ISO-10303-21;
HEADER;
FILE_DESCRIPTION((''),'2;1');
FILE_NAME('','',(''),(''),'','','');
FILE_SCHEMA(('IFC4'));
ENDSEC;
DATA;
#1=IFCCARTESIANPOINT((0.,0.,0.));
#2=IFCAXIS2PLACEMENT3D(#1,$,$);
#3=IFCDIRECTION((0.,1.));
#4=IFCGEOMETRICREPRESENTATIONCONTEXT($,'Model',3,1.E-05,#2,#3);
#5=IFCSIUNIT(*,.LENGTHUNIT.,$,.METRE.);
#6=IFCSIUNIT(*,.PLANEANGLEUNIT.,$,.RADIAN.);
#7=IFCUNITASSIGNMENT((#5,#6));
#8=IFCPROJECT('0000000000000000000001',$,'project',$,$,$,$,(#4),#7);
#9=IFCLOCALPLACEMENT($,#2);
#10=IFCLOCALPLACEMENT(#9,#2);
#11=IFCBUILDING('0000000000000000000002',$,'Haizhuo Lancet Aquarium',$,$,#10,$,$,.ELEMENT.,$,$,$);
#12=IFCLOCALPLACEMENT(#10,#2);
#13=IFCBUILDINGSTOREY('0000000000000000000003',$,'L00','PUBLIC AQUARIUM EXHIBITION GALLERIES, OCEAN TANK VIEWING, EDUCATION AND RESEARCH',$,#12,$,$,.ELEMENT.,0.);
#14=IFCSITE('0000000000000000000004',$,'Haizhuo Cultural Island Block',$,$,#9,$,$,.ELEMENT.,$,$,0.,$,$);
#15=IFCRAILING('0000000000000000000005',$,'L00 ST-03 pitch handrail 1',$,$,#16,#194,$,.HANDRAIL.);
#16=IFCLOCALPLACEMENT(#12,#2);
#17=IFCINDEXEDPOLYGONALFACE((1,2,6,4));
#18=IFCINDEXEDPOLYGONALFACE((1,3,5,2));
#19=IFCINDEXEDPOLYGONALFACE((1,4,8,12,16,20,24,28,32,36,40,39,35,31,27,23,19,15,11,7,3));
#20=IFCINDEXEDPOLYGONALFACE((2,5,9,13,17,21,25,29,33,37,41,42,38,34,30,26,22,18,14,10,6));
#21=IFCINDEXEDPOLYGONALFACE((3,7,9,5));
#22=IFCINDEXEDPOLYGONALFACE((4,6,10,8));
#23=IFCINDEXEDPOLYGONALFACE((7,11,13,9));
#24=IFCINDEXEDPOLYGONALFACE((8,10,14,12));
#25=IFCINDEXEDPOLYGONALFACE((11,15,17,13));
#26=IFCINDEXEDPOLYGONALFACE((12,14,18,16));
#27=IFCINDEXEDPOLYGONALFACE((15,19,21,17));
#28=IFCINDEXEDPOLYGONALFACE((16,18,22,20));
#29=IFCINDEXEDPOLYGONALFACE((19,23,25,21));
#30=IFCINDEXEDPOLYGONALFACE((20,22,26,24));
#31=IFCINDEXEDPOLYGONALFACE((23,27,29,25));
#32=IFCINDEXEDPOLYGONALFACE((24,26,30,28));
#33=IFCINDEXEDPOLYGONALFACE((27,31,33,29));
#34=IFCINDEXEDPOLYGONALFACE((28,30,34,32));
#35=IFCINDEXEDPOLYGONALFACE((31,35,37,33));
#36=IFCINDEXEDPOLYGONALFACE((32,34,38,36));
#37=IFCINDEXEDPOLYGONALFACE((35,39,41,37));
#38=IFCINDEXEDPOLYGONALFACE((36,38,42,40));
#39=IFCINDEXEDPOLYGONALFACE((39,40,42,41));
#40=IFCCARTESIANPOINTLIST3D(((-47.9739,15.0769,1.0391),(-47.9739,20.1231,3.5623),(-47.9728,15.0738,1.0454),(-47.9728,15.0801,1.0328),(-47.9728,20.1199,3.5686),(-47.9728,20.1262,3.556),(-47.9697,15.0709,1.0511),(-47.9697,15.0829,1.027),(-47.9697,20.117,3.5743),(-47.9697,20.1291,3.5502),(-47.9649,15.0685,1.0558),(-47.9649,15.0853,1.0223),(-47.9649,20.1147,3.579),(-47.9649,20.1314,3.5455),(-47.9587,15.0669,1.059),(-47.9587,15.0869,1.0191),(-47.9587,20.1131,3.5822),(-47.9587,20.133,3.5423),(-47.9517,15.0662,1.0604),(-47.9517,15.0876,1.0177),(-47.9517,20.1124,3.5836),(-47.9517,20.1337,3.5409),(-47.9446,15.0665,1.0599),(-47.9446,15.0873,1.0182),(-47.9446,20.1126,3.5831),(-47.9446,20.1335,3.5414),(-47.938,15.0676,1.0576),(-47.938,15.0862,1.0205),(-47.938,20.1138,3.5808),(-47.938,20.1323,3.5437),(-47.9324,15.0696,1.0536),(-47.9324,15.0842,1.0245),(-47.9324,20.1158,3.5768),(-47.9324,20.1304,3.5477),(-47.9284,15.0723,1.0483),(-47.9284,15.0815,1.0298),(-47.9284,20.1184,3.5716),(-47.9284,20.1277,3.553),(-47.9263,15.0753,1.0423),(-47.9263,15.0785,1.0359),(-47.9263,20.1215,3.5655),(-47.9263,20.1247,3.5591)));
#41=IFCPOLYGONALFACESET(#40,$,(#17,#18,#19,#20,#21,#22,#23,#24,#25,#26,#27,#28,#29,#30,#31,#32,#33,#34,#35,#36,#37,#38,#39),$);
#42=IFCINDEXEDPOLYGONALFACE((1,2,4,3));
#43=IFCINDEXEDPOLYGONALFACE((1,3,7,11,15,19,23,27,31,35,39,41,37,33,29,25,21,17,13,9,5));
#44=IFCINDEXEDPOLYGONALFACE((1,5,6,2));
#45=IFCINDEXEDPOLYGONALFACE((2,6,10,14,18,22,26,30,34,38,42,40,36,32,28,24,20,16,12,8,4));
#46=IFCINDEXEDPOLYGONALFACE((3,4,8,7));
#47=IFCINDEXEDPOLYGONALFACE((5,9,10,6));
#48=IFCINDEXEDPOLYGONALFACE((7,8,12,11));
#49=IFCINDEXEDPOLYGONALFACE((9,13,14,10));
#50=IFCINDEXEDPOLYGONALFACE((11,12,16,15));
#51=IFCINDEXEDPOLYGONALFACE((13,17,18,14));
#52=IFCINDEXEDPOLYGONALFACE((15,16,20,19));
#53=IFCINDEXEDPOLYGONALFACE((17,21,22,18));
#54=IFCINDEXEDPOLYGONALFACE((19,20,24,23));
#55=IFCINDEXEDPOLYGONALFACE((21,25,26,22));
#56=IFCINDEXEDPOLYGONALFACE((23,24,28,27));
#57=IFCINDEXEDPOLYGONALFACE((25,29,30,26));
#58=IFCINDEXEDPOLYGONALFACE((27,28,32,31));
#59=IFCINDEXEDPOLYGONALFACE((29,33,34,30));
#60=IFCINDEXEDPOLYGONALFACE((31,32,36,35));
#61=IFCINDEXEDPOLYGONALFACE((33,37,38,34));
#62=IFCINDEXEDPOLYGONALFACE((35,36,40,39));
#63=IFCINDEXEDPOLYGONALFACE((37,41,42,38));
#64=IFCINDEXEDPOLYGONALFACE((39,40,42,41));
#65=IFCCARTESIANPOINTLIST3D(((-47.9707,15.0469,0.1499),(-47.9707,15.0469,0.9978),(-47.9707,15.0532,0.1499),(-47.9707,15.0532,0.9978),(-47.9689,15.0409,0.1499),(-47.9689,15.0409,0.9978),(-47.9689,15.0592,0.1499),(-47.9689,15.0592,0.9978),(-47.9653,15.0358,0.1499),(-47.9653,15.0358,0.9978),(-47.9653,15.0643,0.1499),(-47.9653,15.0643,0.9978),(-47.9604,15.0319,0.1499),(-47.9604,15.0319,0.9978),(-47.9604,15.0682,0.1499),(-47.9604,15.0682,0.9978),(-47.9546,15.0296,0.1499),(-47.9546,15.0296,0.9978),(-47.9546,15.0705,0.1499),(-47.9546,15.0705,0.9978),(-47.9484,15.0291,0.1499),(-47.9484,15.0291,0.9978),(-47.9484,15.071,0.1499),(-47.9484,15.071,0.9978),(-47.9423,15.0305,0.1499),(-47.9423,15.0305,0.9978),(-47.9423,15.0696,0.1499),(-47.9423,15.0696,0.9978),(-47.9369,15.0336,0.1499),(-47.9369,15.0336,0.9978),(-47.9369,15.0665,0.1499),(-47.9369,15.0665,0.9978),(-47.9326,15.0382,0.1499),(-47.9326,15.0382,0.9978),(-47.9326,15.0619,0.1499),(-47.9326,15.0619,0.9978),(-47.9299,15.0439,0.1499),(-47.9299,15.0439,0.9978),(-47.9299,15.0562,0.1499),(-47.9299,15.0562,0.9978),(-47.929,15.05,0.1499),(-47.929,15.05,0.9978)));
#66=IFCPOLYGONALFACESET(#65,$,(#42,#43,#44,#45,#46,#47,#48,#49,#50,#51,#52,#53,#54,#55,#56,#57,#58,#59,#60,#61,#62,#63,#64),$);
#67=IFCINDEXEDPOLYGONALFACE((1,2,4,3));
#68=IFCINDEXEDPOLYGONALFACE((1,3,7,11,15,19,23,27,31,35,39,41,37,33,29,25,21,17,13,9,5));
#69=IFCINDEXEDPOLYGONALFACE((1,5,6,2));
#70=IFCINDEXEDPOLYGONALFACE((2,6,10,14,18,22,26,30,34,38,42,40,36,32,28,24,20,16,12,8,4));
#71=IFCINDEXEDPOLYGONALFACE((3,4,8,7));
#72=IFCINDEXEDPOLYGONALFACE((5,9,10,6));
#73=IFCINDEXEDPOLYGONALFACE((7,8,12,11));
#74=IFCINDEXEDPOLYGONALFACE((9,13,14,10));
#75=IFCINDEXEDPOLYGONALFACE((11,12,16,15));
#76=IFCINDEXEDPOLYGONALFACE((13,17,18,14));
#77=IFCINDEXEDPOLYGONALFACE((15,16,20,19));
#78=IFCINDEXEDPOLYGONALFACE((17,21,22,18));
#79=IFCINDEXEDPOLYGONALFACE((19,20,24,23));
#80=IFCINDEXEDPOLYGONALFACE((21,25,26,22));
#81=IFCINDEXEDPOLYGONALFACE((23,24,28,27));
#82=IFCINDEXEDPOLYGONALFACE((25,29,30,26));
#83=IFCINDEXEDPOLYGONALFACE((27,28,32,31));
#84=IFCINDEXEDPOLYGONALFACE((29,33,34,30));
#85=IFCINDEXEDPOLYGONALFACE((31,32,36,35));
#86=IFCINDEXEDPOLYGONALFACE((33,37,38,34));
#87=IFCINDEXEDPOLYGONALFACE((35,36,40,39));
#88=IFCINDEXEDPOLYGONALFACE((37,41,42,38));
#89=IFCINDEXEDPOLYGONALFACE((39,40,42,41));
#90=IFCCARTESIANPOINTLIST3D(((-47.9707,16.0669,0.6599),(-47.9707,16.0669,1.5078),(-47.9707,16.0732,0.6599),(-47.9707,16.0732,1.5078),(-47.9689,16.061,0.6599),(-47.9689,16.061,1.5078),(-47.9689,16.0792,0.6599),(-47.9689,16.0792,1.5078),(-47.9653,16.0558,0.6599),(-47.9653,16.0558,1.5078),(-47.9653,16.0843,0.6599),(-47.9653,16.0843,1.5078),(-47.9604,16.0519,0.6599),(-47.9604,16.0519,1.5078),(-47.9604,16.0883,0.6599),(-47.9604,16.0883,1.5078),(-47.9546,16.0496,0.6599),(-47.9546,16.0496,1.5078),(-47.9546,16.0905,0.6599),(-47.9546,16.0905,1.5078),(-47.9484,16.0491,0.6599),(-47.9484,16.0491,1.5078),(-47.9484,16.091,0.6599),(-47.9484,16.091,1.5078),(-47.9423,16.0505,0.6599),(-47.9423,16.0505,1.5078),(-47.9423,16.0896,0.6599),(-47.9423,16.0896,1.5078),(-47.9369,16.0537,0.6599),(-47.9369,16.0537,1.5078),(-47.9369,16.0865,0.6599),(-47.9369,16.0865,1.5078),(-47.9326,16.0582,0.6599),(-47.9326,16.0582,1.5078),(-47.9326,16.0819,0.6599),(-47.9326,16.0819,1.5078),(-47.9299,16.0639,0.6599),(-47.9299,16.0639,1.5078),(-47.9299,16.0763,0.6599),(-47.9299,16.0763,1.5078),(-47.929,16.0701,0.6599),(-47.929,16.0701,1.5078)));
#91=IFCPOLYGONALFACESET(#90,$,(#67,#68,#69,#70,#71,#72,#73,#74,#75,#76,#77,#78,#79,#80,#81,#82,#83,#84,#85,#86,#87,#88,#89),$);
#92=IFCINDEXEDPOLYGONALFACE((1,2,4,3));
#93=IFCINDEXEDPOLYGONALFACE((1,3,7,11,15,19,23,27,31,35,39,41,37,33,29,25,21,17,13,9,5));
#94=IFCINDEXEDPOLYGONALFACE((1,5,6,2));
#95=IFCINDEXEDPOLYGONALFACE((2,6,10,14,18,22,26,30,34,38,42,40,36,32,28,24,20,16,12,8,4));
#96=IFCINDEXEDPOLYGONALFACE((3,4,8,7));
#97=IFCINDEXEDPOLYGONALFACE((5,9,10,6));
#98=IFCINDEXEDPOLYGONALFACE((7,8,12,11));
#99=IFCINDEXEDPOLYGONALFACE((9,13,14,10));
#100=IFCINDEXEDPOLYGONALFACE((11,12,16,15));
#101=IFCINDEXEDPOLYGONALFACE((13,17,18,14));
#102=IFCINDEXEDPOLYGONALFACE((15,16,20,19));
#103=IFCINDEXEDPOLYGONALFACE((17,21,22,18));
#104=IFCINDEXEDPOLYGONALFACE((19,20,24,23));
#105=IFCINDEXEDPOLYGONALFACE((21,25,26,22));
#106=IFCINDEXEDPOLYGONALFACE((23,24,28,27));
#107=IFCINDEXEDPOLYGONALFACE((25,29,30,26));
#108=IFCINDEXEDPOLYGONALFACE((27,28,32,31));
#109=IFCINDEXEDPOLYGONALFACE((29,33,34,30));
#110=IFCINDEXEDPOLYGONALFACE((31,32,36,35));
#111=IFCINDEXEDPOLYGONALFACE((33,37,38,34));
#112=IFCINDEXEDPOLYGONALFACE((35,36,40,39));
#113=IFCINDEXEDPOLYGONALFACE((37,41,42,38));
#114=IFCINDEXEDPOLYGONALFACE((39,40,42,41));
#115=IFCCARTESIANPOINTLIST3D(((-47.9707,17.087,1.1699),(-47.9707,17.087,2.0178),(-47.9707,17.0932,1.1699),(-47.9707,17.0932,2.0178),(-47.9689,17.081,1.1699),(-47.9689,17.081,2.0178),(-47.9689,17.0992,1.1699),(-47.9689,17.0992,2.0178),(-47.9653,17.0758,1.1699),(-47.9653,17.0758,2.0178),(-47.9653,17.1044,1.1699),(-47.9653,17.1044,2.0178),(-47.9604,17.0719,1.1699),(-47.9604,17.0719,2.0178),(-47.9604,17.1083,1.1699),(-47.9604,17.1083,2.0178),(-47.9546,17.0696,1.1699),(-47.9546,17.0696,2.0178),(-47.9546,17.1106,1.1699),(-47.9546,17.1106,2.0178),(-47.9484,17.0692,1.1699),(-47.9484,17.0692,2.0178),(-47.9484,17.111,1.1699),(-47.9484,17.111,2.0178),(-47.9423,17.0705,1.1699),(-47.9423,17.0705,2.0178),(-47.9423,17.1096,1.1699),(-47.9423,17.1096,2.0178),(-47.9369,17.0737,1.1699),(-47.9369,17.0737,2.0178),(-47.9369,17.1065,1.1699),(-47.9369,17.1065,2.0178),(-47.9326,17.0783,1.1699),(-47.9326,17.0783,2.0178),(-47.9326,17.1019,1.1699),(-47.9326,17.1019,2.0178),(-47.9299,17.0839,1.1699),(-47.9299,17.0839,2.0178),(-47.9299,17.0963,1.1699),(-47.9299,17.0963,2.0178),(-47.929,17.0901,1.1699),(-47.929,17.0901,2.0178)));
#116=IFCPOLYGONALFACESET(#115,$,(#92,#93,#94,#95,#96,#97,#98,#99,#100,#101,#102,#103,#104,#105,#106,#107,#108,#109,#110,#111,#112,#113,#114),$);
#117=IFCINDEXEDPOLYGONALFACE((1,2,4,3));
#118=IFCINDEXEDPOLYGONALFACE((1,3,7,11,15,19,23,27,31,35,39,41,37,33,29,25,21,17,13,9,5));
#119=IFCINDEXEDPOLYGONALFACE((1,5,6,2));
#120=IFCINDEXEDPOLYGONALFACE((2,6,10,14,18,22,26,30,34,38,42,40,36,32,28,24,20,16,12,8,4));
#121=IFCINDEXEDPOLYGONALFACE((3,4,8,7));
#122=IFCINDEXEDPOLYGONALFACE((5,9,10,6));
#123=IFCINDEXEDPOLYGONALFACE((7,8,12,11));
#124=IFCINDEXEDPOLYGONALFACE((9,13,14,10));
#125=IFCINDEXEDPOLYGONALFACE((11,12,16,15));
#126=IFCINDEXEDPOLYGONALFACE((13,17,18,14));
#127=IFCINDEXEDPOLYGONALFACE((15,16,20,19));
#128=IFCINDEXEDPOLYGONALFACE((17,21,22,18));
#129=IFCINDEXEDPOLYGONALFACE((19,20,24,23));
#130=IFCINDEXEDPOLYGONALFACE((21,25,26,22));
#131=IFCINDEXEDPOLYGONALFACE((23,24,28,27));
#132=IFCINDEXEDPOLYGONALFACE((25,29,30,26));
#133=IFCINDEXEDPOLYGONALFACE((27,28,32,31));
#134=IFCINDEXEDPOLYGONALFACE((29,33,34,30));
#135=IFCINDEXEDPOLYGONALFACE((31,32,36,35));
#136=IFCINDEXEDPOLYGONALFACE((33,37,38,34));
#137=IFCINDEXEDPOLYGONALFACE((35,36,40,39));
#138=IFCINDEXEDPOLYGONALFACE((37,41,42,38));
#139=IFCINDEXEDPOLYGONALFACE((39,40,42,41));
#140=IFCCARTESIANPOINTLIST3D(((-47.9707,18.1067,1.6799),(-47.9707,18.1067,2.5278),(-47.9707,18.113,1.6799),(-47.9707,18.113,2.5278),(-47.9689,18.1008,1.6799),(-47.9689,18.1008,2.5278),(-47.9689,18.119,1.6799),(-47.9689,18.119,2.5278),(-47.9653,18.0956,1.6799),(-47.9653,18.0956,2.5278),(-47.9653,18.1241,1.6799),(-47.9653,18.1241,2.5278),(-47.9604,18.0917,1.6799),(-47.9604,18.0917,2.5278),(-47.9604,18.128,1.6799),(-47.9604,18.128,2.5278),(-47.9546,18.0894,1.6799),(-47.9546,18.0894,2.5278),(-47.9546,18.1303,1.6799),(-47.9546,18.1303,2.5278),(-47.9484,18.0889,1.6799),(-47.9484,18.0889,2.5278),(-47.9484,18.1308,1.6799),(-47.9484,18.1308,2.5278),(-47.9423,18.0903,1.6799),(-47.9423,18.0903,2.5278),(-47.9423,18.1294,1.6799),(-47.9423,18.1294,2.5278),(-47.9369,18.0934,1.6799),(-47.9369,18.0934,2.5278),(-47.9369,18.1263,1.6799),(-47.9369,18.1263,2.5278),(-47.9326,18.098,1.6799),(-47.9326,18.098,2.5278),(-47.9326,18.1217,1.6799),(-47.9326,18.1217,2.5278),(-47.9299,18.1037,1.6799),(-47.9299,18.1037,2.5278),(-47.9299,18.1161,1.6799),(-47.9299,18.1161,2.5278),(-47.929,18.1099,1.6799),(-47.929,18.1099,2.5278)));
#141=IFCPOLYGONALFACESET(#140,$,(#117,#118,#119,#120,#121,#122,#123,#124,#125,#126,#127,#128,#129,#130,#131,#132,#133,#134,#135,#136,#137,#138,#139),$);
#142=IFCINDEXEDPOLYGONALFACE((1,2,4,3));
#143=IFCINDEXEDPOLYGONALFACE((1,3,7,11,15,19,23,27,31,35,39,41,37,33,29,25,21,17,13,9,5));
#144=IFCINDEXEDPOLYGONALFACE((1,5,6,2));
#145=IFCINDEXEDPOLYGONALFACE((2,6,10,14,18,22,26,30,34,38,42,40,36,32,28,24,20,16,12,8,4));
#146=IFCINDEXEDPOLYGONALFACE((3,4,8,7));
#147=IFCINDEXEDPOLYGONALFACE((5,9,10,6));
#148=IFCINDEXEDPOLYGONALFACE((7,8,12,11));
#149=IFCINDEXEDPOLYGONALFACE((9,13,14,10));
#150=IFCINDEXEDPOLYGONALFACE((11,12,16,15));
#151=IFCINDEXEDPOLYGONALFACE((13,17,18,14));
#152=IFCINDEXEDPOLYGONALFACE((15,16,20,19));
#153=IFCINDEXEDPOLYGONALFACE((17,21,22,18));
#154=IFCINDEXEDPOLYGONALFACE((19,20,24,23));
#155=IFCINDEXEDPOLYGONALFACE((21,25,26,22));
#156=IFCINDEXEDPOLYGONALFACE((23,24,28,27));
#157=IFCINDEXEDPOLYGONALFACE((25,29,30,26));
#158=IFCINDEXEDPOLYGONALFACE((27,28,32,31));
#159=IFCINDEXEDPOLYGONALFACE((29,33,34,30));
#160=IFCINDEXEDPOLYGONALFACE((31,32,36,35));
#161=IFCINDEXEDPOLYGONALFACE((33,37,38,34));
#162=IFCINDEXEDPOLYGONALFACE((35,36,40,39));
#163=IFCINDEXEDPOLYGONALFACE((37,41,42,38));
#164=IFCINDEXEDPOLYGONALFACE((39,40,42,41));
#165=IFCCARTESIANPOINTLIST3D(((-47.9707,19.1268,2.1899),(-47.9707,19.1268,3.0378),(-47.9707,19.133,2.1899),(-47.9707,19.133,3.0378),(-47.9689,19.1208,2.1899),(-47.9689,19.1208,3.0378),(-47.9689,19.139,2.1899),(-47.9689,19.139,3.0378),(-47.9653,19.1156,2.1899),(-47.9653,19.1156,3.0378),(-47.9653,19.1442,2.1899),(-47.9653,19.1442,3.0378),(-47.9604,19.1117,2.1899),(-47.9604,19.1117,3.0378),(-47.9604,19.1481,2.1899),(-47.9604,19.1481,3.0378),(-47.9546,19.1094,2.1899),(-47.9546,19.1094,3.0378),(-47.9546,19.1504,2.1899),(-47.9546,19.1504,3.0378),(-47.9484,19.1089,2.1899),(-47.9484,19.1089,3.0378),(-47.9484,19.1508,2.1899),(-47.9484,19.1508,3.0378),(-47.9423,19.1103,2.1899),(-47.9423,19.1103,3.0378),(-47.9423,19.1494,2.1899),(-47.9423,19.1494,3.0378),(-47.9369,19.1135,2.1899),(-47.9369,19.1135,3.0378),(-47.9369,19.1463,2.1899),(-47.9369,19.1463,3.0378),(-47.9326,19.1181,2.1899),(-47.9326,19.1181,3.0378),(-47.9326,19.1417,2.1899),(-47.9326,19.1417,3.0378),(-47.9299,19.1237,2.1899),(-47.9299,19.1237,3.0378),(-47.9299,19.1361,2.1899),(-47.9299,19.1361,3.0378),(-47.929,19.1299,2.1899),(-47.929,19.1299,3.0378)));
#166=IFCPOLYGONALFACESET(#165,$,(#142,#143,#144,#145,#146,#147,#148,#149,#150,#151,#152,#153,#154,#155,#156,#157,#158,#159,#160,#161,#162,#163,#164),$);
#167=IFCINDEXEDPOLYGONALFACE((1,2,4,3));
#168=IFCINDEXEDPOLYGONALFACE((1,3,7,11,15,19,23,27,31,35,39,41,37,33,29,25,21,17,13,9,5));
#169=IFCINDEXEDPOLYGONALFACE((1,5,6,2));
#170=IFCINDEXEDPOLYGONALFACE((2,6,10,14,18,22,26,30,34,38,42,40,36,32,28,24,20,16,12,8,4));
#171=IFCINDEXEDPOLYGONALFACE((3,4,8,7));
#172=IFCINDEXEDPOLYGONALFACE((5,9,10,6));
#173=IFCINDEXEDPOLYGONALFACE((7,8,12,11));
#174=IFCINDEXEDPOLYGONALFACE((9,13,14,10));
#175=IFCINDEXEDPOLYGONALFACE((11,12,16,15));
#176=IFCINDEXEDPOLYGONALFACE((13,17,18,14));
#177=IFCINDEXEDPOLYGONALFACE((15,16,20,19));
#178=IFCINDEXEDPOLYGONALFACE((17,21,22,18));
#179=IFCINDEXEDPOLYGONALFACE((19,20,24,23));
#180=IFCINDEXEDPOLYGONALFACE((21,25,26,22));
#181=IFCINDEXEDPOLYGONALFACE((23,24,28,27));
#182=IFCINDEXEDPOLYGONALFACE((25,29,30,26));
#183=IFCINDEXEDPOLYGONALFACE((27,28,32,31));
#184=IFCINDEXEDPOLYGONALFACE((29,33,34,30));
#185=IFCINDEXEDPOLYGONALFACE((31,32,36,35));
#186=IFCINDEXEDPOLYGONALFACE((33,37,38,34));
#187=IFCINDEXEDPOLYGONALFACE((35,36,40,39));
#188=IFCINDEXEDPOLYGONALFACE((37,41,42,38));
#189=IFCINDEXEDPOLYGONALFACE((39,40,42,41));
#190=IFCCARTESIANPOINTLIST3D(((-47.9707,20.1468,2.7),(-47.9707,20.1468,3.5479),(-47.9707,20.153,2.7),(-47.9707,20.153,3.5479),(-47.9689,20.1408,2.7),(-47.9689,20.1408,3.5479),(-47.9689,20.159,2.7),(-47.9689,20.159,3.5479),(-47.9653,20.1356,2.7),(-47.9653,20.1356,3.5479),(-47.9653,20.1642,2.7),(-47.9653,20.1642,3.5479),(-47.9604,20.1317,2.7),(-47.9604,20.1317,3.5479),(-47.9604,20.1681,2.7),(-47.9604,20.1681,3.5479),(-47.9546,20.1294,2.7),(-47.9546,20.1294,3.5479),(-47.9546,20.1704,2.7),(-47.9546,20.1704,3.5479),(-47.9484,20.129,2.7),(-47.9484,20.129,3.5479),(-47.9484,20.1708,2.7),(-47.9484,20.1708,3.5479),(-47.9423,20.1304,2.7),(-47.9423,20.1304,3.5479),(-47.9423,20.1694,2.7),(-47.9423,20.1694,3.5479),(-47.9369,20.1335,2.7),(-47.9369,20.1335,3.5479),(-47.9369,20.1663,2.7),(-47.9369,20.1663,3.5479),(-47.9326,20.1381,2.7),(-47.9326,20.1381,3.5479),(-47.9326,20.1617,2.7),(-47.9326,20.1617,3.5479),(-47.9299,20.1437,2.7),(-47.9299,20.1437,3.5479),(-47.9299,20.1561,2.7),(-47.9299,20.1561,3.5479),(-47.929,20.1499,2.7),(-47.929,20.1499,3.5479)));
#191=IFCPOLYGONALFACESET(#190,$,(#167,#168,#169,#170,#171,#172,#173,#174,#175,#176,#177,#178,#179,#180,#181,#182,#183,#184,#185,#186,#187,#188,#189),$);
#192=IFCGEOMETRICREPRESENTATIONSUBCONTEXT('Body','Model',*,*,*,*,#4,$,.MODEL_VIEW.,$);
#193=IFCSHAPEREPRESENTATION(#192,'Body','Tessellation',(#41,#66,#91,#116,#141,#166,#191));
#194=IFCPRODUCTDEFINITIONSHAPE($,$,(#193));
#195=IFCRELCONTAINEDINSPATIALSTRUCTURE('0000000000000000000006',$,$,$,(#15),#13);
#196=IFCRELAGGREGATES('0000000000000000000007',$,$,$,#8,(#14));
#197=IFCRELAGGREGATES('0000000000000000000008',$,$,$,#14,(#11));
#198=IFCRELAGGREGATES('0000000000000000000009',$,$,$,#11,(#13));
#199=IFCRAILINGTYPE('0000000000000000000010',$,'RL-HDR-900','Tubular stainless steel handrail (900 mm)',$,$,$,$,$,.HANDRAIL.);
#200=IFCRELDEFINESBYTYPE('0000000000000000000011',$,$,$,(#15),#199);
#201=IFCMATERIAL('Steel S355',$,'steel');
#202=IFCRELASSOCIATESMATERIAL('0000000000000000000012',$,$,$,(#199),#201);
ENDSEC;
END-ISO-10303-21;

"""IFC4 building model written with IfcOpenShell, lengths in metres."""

from ifc_helpers import new_model, si_unit, direction, frame, origin, origin_2d, place, context, subcontext, project, spatial, circle, extrude, material, type_object, element, save


model = new_model("IFC4")

# Units and contexts
model_context = context("Model", 3, precision=1e-05, world=origin(), true_north=direction((0.0, 1.0)))
body_context = subcontext(model_context, "Body", "Model", "MODEL_VIEW")
ifc_project = project(units=[si_unit("LENGTHUNIT", "METRE"), si_unit("PLANEANGLEUNIT", "RADIAN")], contexts=[model_context])

# Site, building, storey
site_placement = place(None, origin())
site = spatial("IfcSite", under=ifc_project, at=site_placement, Name="Haizhuo Cultural Island Block", CompositionType="ELEMENT", RefElevation=0.0)
building_placement = place(site_placement, origin())
building = spatial("IfcBuilding", under=site, at=building_placement, Name="Haizhuo Lancet Aquarium", CompositionType="ELEMENT")
storey_placement = place(building_placement, origin())
storey = spatial("IfcBuildingStorey", under=building, at=storey_placement, Name="L00", Description="PUBLIC AQUARIUM EXHIBITION GALLERIES, OCEAN TANK VIEWING, EDUCATION AND RESEARCH", CompositionType="ELEMENT", Elevation=0.0)

# Shared definitions
ifc_material_1 = material(Name="Steel S355", Category="steel")

# Railing
railing_type_1 = type_object("IfcRailingType", Name="RL-HDR-900", Description="Tubular stainless steel handrail (900 mm)", PredefinedType="HANDRAIL", material=ifc_material_1)
railing_1_placement = place(storey_placement, frame((-47.95, 15.05, 0.1499)))
element("IfcRailing", 1, at=railing_1_placement, inside=storey, type_object=railing_type_1, Name="L00 ST-03 pitch handrail 1", PredefinedType="HANDRAIL", context=body_context, shape_type="SweptSolid", body=[
    extrude(circle(Radius=0.0239, at=origin_2d()), frame((0.0, 0.0269, 0.8892), z_axis=(0.0, 0.894419, 0.447231), x_axis=(-1.0, 0.0, 0.0)), (0.0, 0.0, 1.0), 5.6418),
    extrude(circle(Radius=0.021, at=origin_2d()), origin(), (0.0, 0.0, 1.0), 0.8479),
    extrude(circle(Radius=0.021, at=origin_2d()), frame((0.0, 1.02, 0.51)), (0.0, 0.0, 1.0), 0.8479),
    extrude(circle(Radius=0.021, at=origin_2d()), frame((0.0, 2.04, 1.02)), (0.0, 0.0, 1.0), 0.8479),
    extrude(circle(Radius=0.021, at=origin_2d()), frame((0.0, 3.0598, 1.53)), (0.0, 0.0, 1.0), 0.8479),
    extrude(circle(Radius=0.021, at=origin_2d()), frame((0.0, 4.0798, 2.04)), (0.0, 0.0, 1.0), 0.8479),
    extrude(circle(Radius=0.021, at=origin_2d()), frame((0.0, 5.0999, 2.55)), (0.0, 0.0, 1.0), 0.8479),
])

save(model, "model.ifc")
